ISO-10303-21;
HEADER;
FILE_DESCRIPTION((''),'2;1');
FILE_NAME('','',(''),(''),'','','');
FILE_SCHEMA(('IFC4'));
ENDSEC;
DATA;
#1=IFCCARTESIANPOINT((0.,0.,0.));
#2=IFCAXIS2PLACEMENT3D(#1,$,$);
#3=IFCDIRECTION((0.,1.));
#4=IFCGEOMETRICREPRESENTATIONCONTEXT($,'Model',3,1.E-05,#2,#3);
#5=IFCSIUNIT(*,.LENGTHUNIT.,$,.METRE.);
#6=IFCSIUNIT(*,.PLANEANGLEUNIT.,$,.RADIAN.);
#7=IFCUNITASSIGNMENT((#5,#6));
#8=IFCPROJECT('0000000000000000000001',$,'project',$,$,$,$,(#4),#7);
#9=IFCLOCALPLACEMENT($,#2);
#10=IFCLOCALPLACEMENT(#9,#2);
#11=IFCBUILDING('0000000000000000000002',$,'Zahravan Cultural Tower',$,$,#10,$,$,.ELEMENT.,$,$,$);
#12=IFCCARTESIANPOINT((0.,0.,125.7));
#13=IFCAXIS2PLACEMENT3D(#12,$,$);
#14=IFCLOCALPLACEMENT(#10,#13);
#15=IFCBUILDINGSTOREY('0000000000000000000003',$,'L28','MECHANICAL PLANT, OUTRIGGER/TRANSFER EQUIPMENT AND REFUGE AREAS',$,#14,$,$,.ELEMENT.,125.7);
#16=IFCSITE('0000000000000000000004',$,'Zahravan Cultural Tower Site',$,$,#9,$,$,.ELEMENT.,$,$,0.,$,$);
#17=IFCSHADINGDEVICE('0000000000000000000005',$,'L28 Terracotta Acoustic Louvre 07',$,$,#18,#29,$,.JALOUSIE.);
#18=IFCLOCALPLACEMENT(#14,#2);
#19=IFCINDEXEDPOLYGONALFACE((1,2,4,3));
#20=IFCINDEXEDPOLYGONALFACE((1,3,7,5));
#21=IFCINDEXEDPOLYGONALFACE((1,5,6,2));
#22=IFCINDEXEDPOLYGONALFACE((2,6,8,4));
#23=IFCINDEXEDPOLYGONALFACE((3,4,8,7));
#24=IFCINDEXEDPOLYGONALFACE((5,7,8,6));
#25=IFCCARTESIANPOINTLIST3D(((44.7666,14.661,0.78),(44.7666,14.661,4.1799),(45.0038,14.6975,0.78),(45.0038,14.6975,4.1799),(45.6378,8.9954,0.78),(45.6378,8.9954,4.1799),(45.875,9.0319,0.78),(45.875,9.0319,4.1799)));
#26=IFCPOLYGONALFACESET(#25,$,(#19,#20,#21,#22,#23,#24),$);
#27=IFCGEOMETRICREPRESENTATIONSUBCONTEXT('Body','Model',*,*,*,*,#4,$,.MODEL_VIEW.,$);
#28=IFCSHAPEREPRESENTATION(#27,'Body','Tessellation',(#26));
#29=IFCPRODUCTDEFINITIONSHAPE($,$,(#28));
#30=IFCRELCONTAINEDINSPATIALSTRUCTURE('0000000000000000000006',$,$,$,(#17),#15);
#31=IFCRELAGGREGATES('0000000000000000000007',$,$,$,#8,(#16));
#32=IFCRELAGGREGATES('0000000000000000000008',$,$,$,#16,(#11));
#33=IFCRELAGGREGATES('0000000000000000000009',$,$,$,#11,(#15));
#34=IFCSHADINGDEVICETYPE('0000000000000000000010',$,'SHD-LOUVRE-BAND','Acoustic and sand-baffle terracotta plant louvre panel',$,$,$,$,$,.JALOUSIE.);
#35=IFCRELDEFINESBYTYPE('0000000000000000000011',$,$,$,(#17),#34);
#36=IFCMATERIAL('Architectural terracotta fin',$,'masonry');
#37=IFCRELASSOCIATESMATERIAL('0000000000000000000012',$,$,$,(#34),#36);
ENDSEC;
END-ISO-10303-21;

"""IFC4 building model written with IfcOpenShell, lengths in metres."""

from ifc_helpers import new_model, si_unit, direction, frame, origin, origin_2d, place, context, subcontext, project, spatial, rectangle, extrude, source, transform, mapped, material, type_object, element, save


model = new_model("IFC4")

# Units and contexts
model_context = context("Model", 3, precision=1e-05, world=origin(), true_north=direction((0.0, 1.0)))
body_context = subcontext(model_context, "Body", "Model", "MODEL_VIEW")
ifc_project = project(units=[si_unit("LENGTHUNIT", "METRE"), si_unit("PLANEANGLEUNIT", "RADIAN")], contexts=[model_context])

# Site, building, storey
site_placement = place(None, origin())
site = spatial("IfcSite", under=ifc_project, at=site_placement, Name="Zahravan Cultural Tower Site", CompositionType="ELEMENT", RefElevation=0.0)
building_placement = place(site_placement, origin())
building = spatial("IfcBuilding", under=site, at=building_placement, Name="Zahravan Cultural Tower", CompositionType="ELEMENT")
storey_placement = place(building_placement, frame((0.0, 0.0, 125.7)))
storey = spatial("IfcBuildingStorey", under=building, at=storey_placement, Name="L28", Description="MECHANICAL PLANT, OUTRIGGER/TRANSFER EQUIPMENT AND REFUGE AREAS", CompositionType="ELEMENT", Elevation=125.7)

# Shared definitions
ifc_material_1 = material(Name="Architectural terracotta fin", Category="masonry")
shading_device_type = type_object("IfcShadingDeviceType", Name="SHD-LOUVRE-BAND", Description="Acoustic and sand-baffle terracotta plant louvre panel", PredefinedType="JALOUSIE", material=ifc_material_1)

# Shading device
shared_shape_1 = source(origin(), body_context, "Body", "SweptSolid", [
    extrude(rectangle(XDim=5.7322, YDim=0.24, at=origin_2d()), origin(), (0.0, 0.0, 1.0), 3.3999),
])
shading_device_1_placement = place(storey_placement, frame((45.3208, 11.8464, 0.78), z_axis=(0.0, 0.0, 1.0), x_axis=(0.151968, -0.988385, 0.0)))
element("IfcShadingDevice", 1, at=shading_device_1_placement, inside=storey, type_object=shading_device_type, Name="L28 Terracotta Acoustic Louvre 07", PredefinedType="JALOUSIE", context=body_context, shape_type="MappedRepresentation", body=[
    mapped(shared_shape_1, transform((0.0, 0.0, 0.0), x_axis=(1.0, 0.0, 0.0), y_axis=(0.0, 1.0, 0.0), z_axis=(0.0, 0.0, 1.0), scale=1.0)),
])

save(model, "model.ifc")
